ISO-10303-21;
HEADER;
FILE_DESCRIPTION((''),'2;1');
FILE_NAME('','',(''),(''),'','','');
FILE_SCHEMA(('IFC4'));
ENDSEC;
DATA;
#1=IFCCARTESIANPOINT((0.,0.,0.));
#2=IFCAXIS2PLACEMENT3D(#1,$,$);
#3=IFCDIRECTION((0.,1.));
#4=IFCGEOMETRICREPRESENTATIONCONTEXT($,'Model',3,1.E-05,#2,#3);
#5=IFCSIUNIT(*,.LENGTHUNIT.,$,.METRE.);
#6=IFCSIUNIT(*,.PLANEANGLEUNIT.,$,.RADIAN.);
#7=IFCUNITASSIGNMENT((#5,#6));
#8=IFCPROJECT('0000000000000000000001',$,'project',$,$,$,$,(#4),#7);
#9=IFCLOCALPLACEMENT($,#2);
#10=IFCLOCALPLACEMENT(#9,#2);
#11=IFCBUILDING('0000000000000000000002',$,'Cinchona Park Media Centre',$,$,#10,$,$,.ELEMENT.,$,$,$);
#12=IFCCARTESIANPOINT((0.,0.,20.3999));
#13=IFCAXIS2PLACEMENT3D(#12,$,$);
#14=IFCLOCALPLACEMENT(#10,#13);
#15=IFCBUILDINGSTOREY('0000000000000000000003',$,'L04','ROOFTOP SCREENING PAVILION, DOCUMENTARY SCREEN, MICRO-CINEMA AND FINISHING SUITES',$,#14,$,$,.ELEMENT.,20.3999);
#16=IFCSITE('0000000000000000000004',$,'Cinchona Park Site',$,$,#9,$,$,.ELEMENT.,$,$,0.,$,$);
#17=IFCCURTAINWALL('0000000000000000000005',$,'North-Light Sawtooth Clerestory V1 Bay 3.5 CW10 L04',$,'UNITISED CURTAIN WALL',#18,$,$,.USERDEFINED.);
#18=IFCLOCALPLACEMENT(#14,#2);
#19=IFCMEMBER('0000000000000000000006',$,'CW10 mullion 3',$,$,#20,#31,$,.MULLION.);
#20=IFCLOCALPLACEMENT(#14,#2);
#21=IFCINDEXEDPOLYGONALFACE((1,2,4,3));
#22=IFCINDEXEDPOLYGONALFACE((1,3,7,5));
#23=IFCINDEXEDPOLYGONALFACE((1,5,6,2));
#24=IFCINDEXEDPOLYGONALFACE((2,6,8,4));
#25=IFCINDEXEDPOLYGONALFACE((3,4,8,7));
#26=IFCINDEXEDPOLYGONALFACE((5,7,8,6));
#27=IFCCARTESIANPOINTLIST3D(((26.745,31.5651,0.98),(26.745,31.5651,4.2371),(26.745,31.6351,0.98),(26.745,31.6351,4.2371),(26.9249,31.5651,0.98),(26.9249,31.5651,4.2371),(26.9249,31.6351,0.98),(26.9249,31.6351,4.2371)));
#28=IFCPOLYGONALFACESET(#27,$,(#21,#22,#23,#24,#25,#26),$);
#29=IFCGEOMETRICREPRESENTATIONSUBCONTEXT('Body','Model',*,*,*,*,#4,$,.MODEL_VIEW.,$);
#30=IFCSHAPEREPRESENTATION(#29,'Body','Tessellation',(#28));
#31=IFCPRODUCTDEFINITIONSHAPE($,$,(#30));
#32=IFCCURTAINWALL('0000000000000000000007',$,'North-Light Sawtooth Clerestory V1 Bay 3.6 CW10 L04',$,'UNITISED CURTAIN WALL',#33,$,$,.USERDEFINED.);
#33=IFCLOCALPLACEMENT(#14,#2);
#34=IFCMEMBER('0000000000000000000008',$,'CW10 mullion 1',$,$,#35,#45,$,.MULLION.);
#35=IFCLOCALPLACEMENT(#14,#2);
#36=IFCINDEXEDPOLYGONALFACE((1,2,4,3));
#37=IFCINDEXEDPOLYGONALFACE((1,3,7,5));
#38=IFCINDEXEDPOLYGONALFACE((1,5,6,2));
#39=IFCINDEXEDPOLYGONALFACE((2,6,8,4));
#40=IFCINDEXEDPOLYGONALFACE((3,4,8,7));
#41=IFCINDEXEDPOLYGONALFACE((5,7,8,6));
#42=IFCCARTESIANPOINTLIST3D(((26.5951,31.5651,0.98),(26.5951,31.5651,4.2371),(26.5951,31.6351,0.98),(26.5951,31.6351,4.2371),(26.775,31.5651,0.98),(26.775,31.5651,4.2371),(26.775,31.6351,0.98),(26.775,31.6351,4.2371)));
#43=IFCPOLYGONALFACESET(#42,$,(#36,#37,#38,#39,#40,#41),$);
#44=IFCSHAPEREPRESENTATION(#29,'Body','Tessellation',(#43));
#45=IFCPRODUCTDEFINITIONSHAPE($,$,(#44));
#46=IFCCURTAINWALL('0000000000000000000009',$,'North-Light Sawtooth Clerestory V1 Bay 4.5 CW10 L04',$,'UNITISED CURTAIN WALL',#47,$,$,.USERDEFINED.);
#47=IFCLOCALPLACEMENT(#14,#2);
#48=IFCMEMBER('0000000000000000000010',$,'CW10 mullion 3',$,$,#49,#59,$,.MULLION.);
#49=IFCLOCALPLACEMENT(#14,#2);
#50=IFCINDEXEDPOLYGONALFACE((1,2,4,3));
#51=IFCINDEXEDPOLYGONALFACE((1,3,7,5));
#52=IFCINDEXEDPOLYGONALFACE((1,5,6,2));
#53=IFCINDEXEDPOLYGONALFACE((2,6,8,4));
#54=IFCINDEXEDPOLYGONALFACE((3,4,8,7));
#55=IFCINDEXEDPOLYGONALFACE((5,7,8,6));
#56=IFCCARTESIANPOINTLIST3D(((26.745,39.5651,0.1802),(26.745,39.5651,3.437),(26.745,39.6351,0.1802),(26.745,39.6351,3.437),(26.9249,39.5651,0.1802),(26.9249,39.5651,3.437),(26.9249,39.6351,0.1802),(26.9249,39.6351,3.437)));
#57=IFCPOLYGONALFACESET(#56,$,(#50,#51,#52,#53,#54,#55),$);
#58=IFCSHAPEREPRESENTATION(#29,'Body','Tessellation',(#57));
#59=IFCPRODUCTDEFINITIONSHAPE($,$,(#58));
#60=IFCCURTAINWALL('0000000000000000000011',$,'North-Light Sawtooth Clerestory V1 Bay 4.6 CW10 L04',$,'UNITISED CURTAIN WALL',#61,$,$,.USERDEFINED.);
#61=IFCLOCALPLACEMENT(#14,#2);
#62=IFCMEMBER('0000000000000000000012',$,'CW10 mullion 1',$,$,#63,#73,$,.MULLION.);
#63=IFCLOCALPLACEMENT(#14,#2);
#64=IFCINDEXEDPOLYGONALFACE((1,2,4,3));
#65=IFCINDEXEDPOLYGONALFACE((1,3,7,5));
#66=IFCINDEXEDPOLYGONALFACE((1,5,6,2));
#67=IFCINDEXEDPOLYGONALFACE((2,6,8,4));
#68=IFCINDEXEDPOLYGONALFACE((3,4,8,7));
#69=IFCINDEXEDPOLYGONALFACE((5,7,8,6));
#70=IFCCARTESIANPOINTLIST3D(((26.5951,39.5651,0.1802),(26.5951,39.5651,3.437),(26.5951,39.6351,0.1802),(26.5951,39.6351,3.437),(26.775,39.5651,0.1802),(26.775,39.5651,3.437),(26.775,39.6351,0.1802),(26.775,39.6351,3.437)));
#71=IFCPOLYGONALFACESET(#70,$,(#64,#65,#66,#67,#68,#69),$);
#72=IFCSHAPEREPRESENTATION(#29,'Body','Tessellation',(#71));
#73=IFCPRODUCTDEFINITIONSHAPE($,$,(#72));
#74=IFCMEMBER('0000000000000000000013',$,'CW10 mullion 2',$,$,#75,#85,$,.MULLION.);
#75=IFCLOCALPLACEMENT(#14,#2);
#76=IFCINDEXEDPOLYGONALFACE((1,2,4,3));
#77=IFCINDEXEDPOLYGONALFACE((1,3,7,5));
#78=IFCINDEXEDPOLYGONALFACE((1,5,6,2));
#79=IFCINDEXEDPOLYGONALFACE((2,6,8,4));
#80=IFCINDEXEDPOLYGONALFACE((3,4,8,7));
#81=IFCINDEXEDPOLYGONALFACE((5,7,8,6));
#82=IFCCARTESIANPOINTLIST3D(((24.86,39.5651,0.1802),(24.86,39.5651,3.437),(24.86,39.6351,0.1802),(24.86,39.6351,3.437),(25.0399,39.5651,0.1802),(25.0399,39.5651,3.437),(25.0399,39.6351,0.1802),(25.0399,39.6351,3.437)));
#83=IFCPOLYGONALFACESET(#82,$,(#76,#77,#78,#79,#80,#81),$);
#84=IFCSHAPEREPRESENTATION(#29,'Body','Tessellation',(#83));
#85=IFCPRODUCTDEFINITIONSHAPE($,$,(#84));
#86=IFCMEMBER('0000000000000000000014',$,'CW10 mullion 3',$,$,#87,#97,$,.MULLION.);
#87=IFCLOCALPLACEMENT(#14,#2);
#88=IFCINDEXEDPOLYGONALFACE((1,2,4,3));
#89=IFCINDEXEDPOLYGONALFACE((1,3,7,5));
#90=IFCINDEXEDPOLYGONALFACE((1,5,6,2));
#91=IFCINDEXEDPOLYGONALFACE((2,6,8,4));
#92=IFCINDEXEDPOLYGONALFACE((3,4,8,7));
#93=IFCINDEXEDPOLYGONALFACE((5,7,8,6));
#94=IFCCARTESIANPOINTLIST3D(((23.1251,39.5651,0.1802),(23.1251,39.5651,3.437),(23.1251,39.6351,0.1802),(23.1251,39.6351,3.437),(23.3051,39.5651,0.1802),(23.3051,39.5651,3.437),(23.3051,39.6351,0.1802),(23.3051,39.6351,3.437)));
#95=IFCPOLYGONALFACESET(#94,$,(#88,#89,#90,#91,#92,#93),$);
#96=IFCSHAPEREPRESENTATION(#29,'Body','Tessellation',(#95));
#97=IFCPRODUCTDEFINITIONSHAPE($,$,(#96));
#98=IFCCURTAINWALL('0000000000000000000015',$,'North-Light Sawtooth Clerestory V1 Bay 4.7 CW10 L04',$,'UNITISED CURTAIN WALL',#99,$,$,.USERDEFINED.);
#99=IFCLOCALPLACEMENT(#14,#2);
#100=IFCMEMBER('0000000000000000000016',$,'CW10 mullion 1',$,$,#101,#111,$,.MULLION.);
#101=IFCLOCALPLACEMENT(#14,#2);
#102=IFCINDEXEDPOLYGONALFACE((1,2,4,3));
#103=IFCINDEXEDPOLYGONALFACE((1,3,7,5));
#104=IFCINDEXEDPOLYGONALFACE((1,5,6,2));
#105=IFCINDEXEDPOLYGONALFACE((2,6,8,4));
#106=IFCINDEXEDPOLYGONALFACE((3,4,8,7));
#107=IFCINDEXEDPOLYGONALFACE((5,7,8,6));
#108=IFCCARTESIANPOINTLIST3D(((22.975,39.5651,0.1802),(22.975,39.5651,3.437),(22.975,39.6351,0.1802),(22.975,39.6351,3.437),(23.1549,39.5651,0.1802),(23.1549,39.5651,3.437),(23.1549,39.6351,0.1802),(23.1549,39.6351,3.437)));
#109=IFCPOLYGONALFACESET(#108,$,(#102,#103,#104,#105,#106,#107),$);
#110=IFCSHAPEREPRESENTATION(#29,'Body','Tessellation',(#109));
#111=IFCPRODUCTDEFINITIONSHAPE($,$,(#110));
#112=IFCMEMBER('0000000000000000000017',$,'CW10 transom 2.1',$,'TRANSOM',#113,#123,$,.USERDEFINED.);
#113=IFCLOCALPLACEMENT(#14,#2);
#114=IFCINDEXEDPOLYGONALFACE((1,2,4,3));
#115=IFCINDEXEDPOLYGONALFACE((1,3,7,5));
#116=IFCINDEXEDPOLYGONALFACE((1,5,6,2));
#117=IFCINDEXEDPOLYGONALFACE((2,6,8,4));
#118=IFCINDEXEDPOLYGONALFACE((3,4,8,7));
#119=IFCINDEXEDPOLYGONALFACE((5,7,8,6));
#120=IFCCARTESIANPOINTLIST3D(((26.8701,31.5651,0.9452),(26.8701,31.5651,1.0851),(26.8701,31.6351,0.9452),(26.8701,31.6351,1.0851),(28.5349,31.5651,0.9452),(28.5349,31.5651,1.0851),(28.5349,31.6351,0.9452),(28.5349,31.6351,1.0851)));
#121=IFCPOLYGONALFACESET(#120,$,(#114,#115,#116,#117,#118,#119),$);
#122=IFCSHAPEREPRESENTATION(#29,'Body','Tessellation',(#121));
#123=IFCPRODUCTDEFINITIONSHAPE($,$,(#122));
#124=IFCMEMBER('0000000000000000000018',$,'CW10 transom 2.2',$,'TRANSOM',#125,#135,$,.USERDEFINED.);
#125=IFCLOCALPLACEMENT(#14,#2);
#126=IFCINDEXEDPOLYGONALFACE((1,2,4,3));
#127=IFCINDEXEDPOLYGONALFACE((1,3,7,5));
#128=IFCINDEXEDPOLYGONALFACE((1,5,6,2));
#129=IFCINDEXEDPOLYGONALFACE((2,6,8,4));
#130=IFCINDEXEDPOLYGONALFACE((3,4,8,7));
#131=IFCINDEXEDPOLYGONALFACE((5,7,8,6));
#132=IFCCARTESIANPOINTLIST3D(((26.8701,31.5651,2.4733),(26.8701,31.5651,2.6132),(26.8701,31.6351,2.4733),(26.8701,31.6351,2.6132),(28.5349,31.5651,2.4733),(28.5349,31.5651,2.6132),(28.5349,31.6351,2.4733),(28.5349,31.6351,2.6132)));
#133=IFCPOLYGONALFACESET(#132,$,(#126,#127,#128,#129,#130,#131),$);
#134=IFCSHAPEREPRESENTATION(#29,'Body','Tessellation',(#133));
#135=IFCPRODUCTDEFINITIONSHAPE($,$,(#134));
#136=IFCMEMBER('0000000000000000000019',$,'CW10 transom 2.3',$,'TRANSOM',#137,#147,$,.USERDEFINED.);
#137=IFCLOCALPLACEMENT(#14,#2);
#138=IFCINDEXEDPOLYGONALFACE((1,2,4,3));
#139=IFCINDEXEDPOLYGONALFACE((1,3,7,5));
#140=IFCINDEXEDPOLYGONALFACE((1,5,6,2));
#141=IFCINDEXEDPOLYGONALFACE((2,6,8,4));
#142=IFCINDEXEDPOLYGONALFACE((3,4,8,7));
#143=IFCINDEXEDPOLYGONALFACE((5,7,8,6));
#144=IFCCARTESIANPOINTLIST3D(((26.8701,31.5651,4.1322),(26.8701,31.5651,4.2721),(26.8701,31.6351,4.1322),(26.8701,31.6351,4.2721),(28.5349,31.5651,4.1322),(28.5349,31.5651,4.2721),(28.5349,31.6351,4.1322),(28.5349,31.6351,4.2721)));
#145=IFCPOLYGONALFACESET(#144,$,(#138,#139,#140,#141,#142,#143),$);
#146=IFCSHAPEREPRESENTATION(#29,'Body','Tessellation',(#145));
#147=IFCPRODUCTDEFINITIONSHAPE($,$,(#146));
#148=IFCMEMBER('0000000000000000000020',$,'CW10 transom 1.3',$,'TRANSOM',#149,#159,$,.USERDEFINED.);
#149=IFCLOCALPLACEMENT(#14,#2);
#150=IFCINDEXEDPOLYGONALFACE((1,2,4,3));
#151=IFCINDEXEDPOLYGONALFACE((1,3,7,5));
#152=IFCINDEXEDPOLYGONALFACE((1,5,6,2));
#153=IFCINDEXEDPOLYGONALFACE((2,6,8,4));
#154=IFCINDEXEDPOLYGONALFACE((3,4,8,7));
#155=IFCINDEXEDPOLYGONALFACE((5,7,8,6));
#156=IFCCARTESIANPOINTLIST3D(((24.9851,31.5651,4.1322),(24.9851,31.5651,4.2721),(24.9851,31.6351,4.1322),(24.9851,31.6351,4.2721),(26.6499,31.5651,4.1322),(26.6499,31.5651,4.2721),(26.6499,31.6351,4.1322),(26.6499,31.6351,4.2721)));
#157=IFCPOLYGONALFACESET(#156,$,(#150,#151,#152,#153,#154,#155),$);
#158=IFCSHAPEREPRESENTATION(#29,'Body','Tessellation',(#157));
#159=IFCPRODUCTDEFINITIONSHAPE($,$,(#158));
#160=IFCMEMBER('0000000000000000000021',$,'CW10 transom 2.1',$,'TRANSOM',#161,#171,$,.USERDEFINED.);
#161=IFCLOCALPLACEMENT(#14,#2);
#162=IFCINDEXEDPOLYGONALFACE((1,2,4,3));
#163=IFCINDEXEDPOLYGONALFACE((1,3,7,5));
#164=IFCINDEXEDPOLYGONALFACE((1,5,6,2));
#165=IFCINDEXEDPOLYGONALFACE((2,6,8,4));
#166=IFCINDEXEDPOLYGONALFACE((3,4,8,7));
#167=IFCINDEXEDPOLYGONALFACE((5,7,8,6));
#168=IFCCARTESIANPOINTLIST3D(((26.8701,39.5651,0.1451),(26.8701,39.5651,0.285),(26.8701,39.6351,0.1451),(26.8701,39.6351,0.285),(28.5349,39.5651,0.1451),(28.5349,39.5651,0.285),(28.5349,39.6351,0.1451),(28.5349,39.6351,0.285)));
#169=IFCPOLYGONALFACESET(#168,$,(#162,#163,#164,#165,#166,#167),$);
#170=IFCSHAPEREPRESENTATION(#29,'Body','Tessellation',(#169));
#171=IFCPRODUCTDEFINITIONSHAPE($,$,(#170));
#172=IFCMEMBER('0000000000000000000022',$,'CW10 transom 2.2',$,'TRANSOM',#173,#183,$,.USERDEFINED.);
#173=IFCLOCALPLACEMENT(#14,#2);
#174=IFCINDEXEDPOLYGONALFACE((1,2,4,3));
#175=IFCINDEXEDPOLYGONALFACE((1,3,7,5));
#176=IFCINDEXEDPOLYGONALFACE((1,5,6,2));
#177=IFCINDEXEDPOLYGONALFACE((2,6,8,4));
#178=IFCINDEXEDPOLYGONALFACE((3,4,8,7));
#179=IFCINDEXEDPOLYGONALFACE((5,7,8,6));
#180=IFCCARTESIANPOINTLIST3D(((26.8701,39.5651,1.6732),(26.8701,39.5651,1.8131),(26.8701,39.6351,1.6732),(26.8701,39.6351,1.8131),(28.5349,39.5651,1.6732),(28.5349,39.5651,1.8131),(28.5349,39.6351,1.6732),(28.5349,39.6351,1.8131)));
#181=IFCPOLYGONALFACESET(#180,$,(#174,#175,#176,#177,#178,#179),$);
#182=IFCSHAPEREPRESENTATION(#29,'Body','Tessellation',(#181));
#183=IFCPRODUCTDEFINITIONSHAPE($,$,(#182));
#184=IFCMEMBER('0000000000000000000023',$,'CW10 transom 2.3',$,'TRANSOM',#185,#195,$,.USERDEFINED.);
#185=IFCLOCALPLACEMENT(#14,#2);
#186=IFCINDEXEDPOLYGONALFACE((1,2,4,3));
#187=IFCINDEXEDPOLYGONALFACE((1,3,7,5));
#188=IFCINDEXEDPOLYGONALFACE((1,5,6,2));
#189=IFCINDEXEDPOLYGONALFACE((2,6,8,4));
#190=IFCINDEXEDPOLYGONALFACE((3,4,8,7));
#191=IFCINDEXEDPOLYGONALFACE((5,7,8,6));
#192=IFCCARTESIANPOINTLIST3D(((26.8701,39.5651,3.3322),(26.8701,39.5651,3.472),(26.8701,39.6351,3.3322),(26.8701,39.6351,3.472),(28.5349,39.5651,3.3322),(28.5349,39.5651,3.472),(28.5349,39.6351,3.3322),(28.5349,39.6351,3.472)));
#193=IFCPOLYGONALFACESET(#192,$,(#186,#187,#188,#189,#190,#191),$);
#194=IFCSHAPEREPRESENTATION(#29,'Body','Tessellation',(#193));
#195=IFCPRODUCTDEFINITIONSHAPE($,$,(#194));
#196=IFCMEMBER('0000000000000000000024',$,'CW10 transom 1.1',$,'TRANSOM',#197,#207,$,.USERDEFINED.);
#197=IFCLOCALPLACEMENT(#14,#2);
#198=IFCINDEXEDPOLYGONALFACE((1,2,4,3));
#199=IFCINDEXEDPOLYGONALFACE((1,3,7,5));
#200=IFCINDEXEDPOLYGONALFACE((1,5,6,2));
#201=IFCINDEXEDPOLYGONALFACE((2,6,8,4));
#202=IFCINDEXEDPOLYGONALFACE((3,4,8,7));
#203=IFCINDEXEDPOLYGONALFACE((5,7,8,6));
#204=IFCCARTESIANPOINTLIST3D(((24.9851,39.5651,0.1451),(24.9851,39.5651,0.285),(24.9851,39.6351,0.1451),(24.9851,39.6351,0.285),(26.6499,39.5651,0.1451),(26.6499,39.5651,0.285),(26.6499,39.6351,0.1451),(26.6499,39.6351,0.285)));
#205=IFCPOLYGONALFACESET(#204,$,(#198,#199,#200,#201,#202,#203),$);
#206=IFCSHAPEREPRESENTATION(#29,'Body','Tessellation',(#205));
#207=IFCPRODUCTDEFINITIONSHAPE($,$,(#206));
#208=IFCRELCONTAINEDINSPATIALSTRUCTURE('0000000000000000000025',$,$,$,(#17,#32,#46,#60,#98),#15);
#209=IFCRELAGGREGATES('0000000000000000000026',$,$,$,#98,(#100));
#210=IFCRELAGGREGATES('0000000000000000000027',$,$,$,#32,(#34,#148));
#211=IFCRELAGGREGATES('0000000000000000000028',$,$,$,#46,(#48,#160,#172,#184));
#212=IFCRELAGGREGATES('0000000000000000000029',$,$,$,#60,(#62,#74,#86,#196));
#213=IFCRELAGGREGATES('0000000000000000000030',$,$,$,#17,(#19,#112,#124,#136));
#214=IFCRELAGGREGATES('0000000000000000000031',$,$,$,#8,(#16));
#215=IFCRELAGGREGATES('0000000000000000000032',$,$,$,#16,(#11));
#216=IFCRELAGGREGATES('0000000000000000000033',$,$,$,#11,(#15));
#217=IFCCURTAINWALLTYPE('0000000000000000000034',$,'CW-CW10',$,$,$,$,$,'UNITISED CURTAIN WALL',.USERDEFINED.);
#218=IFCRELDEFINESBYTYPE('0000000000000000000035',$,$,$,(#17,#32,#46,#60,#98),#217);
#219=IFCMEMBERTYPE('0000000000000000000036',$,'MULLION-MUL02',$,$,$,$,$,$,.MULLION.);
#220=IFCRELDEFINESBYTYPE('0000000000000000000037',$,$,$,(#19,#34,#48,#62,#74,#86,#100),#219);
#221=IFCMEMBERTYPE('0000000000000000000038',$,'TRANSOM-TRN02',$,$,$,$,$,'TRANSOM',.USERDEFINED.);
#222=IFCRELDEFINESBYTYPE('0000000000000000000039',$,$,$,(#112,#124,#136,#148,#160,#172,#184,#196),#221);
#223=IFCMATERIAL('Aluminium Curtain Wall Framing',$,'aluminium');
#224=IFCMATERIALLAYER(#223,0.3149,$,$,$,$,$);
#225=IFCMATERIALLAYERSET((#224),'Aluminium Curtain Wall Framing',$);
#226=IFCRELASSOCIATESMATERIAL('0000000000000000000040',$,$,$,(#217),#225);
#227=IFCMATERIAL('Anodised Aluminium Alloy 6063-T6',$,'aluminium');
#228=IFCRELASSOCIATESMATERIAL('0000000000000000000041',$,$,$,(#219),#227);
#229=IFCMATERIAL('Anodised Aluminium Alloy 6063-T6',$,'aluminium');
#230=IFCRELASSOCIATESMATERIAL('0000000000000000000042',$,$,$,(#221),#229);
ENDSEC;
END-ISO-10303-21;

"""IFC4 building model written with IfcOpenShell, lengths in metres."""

from ifc_helpers import new_model, si_unit, direction, frame, origin, origin_2d, place, context, subcontext, project, spatial, rectangle, extrude, material, layer, layer_set, material_profile, profile_set, type_object, element, aggregate, save


model = new_model("IFC4")

# Units and contexts
model_context = context("Model", 3, precision=1e-05, world=origin(), true_north=direction((0.0, 1.0)))
body_context = subcontext(model_context, "Body", "Model", "MODEL_VIEW")
ifc_project = project(units=[si_unit("LENGTHUNIT", "METRE"), si_unit("PLANEANGLEUNIT", "RADIAN")], contexts=[model_context])

# Site, building, storey
site_placement = place(None, origin())
site = spatial("IfcSite", under=ifc_project, at=site_placement, Name="Cinchona Park Site", CompositionType="ELEMENT", RefElevation=0.0)
building_placement = place(site_placement, origin())
building = spatial("IfcBuilding", under=site, at=building_placement, Name="Cinchona Park Media Centre", CompositionType="ELEMENT")
storey_placement = place(building_placement, frame((0.0, 0.0, 20.3999)))
storey = spatial("IfcBuildingStorey", under=building, at=storey_placement, Name="L04", Description="ROOFTOP SCREENING PAVILION, DOCUMENTARY SCREEN, MICRO-CINEMA AND FINISHING SUITES", CompositionType="ELEMENT", Elevation=20.3999)

# Curtain walls, members
ifc_material_1 = material(Name="Aluminium Curtain Wall Framing", Category="aluminium")
ifc_layer_1 = layer(ifc_material_1, 0.3149)
ifc_layer_set_1 = layer_set([ifc_layer_1], Name="Aluminium Curtain Wall Framing")
curtain_wall_type = type_object("IfcCurtainWallType", Name="CW-CW10", ElementType="UNITISED CURTAIN WALL", PredefinedType="USERDEFINED", material=ifc_layer_set_1)
curtain_wall_1_placement = place(storey_placement, origin())
curtain_wall_1 = element("IfcCurtainWall", 1, at=curtain_wall_1_placement, inside=storey, type_object=curtain_wall_type, Name="North-Light Sawtooth Clerestory V1 Bay 3.5 CW10 L04", ObjectType="UNITISED CURTAIN WALL", PredefinedType="USERDEFINED")
ifc_material_2 = material(Name="Anodised Aluminium Alloy 6063-T6", Category="aluminium")
ifc_material_profile_1 = material_profile(ifc_material_2, rectangle(XDim=0.0701, YDim=0.1799, at=origin_2d()), Name="MUL-70X180")
ifc_profile_set_1 = profile_set([ifc_material_profile_1], Name="Anodised Aluminium Alloy 6063-T6")
member_type_1 = type_object("IfcMemberType", Name="MULLION-MUL02", PredefinedType="MULLION", material=ifc_profile_set_1)
member_1_placement = place(storey_placement, frame((26.835, 31.6001, 0.98), z_axis=(0.0, 0.0, 1.0), x_axis=(0.0, -1.0, 0.0)))
member_1 = element("IfcMember", 2, at=member_1_placement, type_object=member_type_1, Name="CW10 mullion 3", PredefinedType="MULLION", context=body_context, shape_type="SweptSolid", body=[
    extrude(rectangle(XDim=0.0701, YDim=0.1799, at=origin_2d()), origin(), (0.0, 0.0, 1.0), 3.2571),
])
curtain_wall_2_placement = place(storey_placement, origin())
curtain_wall_2 = element("IfcCurtainWall", 3, at=curtain_wall_2_placement, inside=storey, type_object=curtain_wall_type, Name="North-Light Sawtooth Clerestory V1 Bay 3.6 CW10 L04", ObjectType="UNITISED CURTAIN WALL", PredefinedType="USERDEFINED")
member_2_placement = place(storey_placement, frame((26.6851, 31.6001, 0.98), z_axis=(0.0, 0.0, 1.0), x_axis=(0.0, -1.0, 0.0)))
member_2 = element("IfcMember", 4, at=member_2_placement, type_object=member_type_1, Name="CW10 mullion 1", PredefinedType="MULLION", context=body_context, shape_type="SweptSolid", body=[
    extrude(rectangle(XDim=0.0701, YDim=0.1799, at=origin_2d()), origin(), (0.0, 0.0, 1.0), 3.2571),
])
curtain_wall_3_placement = place(storey_placement, origin())
curtain_wall_3 = element("IfcCurtainWall", 5, at=curtain_wall_3_placement, inside=storey, type_object=curtain_wall_type, Name="North-Light Sawtooth Clerestory V1 Bay 4.5 CW10 L04", ObjectType="UNITISED CURTAIN WALL", PredefinedType="USERDEFINED")
member_3_placement = place(storey_placement, frame((26.835, 39.6001, 0.1802), z_axis=(0.0, 0.0, 1.0), x_axis=(0.0, -1.0, 0.0)))
member_3 = element("IfcMember", 6, at=member_3_placement, type_object=member_type_1, Name="CW10 mullion 3", PredefinedType="MULLION", context=body_context, shape_type="SweptSolid", body=[
    extrude(rectangle(XDim=0.0701, YDim=0.1799, at=origin_2d()), origin(), (0.0, 0.0, 1.0), 3.2568),
])

# Curtain wall, members
curtain_wall_4_placement = place(storey_placement, origin())
curtain_wall_4 = element("IfcCurtainWall", 7, at=curtain_wall_4_placement, inside=storey, type_object=curtain_wall_type, Name="North-Light Sawtooth Clerestory V1 Bay 4.6 CW10 L04", ObjectType="UNITISED CURTAIN WALL", PredefinedType="USERDEFINED")
member_4_placement = place(storey_placement, frame((26.6851, 39.6001, 0.1802), z_axis=(0.0, 0.0, 1.0), x_axis=(0.0, -1.0, 0.0)))
member_4 = element("IfcMember", 8, at=member_4_placement, type_object=member_type_1, Name="CW10 mullion 1", PredefinedType="MULLION", context=body_context, shape_type="SweptSolid", body=[
    extrude(rectangle(XDim=0.0701, YDim=0.1799, at=origin_2d()), origin(), (0.0, 0.0, 1.0), 3.2568),
])
member_5_placement = place(storey_placement, frame((24.95, 39.6001, 0.1802), z_axis=(0.0, 0.0, 1.0), x_axis=(0.0, -1.0, 0.0)))
member_5 = element("IfcMember", 9, at=member_5_placement, type_object=member_type_1, Name="CW10 mullion 2", PredefinedType="MULLION", context=body_context, shape_type="SweptSolid", body=[
    extrude(rectangle(XDim=0.0701, YDim=0.1799, at=origin_2d()), origin(), (0.0, 0.0, 1.0), 3.2568),
])
member_6_placement = place(storey_placement, frame((23.2151, 39.6001, 0.1802), z_axis=(0.0, 0.0, 1.0), x_axis=(0.0, -1.0, 0.0)))
member_6 = element("IfcMember", 10, at=member_6_placement, type_object=member_type_1, Name="CW10 mullion 3", PredefinedType="MULLION", context=body_context, shape_type="SweptSolid", body=[
    extrude(rectangle(XDim=0.0701, YDim=0.1799, at=origin_2d()), origin(), (0.0, 0.0, 1.0), 3.2568),
])

# Curtain wall, member
curtain_wall_5_placement = place(storey_placement, origin())
curtain_wall_5 = element("IfcCurtainWall", 11, at=curtain_wall_5_placement, inside=storey, type_object=curtain_wall_type, Name="North-Light Sawtooth Clerestory V1 Bay 4.7 CW10 L04", ObjectType="UNITISED CURTAIN WALL", PredefinedType="USERDEFINED")
member_7_placement = place(storey_placement, frame((23.0649, 39.6001, 0.1802), z_axis=(0.0, 0.0, 1.0), x_axis=(0.0, -1.0, 0.0)))
member_7 = element("IfcMember", 12, at=member_7_placement, type_object=member_type_1, Name="CW10 mullion 1", PredefinedType="MULLION", context=body_context, shape_type="SweptSolid", body=[
    extrude(rectangle(XDim=0.0701, YDim=0.1799, at=origin_2d()), origin(), (0.0, 0.0, 1.0), 3.2568),
])
aggregate(curtain_wall_5, [member_7])

# Members
ifc_material_3 = material(Name="Anodised Aluminium Alloy 6063-T6", Category="aluminium")
ifc_material_profile_2 = material_profile(ifc_material_3, rectangle(XDim=0.0701, YDim=0.1399, at=origin_2d()), Name="TRN-70X140")
ifc_profile_set_2 = profile_set([ifc_material_profile_2], Name="Anodised Aluminium Alloy 6063-T6")
member_type_2 = type_object("IfcMemberType", Name="TRANSOM-TRN02", ElementType="TRANSOM", PredefinedType="USERDEFINED", material=ifc_profile_set_2)
member_8_placement = place(storey_placement, frame((28.5349, 31.6001, 1.0151), z_axis=(-1.0, 0.0, 0.0), x_axis=(0.0, -1.0, 0.0)))
member_8 = element("IfcMember", 13, at=member_8_placement, type_object=member_type_2, Name="CW10 transom 2.1", ObjectType="TRANSOM", PredefinedType="USERDEFINED", context=body_context, shape_type="SweptSolid", body=[
    extrude(rectangle(XDim=0.0701, YDim=0.1399, at=origin_2d()), origin(), (0.0, 0.0, 1.0), 1.6648),
])
member_9_placement = place(storey_placement, frame((28.5349, 31.6001, 2.5432), z_axis=(-1.0, 0.0, 0.0), x_axis=(0.0, -1.0, 0.0)))
member_9 = element("IfcMember", 14, at=member_9_placement, type_object=member_type_2, Name="CW10 transom 2.2", ObjectType="TRANSOM", PredefinedType="USERDEFINED", context=body_context, shape_type="SweptSolid", body=[
    extrude(rectangle(XDim=0.0701, YDim=0.1399, at=origin_2d()), origin(), (0.0, 0.0, 1.0), 1.6648),
])
member_10_placement = place(storey_placement, frame((28.5349, 31.6001, 4.2021), z_axis=(-1.0, 0.0, 0.0), x_axis=(0.0, -1.0, 0.0)))
member_10 = element("IfcMember", 15, at=member_10_placement, type_object=member_type_2, Name="CW10 transom 2.3", ObjectType="TRANSOM", PredefinedType="USERDEFINED", context=body_context, shape_type="SweptSolid", body=[
    extrude(rectangle(XDim=0.0701, YDim=0.1399, at=origin_2d()), origin(), (0.0, 0.0, 1.0), 1.6648),
])
member_11_placement = place(storey_placement, frame((26.6499, 31.6001, 4.2021), z_axis=(-1.0, 0.0, 0.0), x_axis=(0.0, -1.0, 0.0)))
member_11 = element("IfcMember", 16, at=member_11_placement, type_object=member_type_2, Name="CW10 transom 1.3", ObjectType="TRANSOM", PredefinedType="USERDEFINED", context=body_context, shape_type="SweptSolid", body=[
    extrude(rectangle(XDim=0.0701, YDim=0.1399, at=origin_2d()), origin(), (0.0, 0.0, 1.0), 1.6648),
])
aggregate(curtain_wall_2, [member_2, member_11])
member_12_placement = place(storey_placement, frame((28.5349, 39.6001, 0.2151), z_axis=(-1.0, 0.0, 0.0), x_axis=(0.0, -1.0, 0.0)))
member_12 = element("IfcMember", 17, at=member_12_placement, type_object=member_type_2, Name="CW10 transom 2.1", ObjectType="TRANSOM", PredefinedType="USERDEFINED", context=body_context, shape_type="SweptSolid", body=[
    extrude(rectangle(XDim=0.0701, YDim=0.1399, at=origin_2d()), origin(), (0.0, 0.0, 1.0), 1.6648),
])
member_13_placement = place(storey_placement, frame((28.5349, 39.6001, 1.7432), z_axis=(-1.0, 0.0, 0.0), x_axis=(0.0, -1.0, 0.0)))
member_13 = element("IfcMember", 18, at=member_13_placement, type_object=member_type_2, Name="CW10 transom 2.2", ObjectType="TRANSOM", PredefinedType="USERDEFINED", context=body_context, shape_type="SweptSolid", body=[
    extrude(rectangle(XDim=0.0701, YDim=0.1399, at=origin_2d()), origin(), (0.0, 0.0, 1.0), 1.6648),
])
member_14_placement = place(storey_placement, frame((28.5349, 39.6001, 3.4021), z_axis=(-1.0, 0.0, 0.0), x_axis=(0.0, -1.0, 0.0)))
member_14 = element("IfcMember", 19, at=member_14_placement, type_object=member_type_2, Name="CW10 transom 2.3", ObjectType="TRANSOM", PredefinedType="USERDEFINED", context=body_context, shape_type="SweptSolid", body=[
    extrude(rectangle(XDim=0.0701, YDim=0.1399, at=origin_2d()), origin(), (0.0, 0.0, 1.0), 1.6648),
])
member_15_placement = place(storey_placement, frame((26.6499, 39.6001, 0.2151), z_axis=(-1.0, 0.0, 0.0), x_axis=(0.0, -1.0, 0.0)))
member_15 = element("IfcMember", 20, at=member_15_placement, type_object=member_type_2, Name="CW10 transom 1.1", ObjectType="TRANSOM", PredefinedType="USERDEFINED", context=body_context, shape_type="SweptSolid", body=[
    extrude(rectangle(XDim=0.0701, YDim=0.1399, at=origin_2d()), origin(), (0.0, 0.0, 1.0), 1.6648),
])

aggregate(curtain_wall_3, [member_3, member_12, member_13, member_14])
aggregate(curtain_wall_4, [member_4, member_5, member_6, member_15])
aggregate(curtain_wall_1, [member_1, member_8, member_9, member_10])

save(model, "model.ifc")
